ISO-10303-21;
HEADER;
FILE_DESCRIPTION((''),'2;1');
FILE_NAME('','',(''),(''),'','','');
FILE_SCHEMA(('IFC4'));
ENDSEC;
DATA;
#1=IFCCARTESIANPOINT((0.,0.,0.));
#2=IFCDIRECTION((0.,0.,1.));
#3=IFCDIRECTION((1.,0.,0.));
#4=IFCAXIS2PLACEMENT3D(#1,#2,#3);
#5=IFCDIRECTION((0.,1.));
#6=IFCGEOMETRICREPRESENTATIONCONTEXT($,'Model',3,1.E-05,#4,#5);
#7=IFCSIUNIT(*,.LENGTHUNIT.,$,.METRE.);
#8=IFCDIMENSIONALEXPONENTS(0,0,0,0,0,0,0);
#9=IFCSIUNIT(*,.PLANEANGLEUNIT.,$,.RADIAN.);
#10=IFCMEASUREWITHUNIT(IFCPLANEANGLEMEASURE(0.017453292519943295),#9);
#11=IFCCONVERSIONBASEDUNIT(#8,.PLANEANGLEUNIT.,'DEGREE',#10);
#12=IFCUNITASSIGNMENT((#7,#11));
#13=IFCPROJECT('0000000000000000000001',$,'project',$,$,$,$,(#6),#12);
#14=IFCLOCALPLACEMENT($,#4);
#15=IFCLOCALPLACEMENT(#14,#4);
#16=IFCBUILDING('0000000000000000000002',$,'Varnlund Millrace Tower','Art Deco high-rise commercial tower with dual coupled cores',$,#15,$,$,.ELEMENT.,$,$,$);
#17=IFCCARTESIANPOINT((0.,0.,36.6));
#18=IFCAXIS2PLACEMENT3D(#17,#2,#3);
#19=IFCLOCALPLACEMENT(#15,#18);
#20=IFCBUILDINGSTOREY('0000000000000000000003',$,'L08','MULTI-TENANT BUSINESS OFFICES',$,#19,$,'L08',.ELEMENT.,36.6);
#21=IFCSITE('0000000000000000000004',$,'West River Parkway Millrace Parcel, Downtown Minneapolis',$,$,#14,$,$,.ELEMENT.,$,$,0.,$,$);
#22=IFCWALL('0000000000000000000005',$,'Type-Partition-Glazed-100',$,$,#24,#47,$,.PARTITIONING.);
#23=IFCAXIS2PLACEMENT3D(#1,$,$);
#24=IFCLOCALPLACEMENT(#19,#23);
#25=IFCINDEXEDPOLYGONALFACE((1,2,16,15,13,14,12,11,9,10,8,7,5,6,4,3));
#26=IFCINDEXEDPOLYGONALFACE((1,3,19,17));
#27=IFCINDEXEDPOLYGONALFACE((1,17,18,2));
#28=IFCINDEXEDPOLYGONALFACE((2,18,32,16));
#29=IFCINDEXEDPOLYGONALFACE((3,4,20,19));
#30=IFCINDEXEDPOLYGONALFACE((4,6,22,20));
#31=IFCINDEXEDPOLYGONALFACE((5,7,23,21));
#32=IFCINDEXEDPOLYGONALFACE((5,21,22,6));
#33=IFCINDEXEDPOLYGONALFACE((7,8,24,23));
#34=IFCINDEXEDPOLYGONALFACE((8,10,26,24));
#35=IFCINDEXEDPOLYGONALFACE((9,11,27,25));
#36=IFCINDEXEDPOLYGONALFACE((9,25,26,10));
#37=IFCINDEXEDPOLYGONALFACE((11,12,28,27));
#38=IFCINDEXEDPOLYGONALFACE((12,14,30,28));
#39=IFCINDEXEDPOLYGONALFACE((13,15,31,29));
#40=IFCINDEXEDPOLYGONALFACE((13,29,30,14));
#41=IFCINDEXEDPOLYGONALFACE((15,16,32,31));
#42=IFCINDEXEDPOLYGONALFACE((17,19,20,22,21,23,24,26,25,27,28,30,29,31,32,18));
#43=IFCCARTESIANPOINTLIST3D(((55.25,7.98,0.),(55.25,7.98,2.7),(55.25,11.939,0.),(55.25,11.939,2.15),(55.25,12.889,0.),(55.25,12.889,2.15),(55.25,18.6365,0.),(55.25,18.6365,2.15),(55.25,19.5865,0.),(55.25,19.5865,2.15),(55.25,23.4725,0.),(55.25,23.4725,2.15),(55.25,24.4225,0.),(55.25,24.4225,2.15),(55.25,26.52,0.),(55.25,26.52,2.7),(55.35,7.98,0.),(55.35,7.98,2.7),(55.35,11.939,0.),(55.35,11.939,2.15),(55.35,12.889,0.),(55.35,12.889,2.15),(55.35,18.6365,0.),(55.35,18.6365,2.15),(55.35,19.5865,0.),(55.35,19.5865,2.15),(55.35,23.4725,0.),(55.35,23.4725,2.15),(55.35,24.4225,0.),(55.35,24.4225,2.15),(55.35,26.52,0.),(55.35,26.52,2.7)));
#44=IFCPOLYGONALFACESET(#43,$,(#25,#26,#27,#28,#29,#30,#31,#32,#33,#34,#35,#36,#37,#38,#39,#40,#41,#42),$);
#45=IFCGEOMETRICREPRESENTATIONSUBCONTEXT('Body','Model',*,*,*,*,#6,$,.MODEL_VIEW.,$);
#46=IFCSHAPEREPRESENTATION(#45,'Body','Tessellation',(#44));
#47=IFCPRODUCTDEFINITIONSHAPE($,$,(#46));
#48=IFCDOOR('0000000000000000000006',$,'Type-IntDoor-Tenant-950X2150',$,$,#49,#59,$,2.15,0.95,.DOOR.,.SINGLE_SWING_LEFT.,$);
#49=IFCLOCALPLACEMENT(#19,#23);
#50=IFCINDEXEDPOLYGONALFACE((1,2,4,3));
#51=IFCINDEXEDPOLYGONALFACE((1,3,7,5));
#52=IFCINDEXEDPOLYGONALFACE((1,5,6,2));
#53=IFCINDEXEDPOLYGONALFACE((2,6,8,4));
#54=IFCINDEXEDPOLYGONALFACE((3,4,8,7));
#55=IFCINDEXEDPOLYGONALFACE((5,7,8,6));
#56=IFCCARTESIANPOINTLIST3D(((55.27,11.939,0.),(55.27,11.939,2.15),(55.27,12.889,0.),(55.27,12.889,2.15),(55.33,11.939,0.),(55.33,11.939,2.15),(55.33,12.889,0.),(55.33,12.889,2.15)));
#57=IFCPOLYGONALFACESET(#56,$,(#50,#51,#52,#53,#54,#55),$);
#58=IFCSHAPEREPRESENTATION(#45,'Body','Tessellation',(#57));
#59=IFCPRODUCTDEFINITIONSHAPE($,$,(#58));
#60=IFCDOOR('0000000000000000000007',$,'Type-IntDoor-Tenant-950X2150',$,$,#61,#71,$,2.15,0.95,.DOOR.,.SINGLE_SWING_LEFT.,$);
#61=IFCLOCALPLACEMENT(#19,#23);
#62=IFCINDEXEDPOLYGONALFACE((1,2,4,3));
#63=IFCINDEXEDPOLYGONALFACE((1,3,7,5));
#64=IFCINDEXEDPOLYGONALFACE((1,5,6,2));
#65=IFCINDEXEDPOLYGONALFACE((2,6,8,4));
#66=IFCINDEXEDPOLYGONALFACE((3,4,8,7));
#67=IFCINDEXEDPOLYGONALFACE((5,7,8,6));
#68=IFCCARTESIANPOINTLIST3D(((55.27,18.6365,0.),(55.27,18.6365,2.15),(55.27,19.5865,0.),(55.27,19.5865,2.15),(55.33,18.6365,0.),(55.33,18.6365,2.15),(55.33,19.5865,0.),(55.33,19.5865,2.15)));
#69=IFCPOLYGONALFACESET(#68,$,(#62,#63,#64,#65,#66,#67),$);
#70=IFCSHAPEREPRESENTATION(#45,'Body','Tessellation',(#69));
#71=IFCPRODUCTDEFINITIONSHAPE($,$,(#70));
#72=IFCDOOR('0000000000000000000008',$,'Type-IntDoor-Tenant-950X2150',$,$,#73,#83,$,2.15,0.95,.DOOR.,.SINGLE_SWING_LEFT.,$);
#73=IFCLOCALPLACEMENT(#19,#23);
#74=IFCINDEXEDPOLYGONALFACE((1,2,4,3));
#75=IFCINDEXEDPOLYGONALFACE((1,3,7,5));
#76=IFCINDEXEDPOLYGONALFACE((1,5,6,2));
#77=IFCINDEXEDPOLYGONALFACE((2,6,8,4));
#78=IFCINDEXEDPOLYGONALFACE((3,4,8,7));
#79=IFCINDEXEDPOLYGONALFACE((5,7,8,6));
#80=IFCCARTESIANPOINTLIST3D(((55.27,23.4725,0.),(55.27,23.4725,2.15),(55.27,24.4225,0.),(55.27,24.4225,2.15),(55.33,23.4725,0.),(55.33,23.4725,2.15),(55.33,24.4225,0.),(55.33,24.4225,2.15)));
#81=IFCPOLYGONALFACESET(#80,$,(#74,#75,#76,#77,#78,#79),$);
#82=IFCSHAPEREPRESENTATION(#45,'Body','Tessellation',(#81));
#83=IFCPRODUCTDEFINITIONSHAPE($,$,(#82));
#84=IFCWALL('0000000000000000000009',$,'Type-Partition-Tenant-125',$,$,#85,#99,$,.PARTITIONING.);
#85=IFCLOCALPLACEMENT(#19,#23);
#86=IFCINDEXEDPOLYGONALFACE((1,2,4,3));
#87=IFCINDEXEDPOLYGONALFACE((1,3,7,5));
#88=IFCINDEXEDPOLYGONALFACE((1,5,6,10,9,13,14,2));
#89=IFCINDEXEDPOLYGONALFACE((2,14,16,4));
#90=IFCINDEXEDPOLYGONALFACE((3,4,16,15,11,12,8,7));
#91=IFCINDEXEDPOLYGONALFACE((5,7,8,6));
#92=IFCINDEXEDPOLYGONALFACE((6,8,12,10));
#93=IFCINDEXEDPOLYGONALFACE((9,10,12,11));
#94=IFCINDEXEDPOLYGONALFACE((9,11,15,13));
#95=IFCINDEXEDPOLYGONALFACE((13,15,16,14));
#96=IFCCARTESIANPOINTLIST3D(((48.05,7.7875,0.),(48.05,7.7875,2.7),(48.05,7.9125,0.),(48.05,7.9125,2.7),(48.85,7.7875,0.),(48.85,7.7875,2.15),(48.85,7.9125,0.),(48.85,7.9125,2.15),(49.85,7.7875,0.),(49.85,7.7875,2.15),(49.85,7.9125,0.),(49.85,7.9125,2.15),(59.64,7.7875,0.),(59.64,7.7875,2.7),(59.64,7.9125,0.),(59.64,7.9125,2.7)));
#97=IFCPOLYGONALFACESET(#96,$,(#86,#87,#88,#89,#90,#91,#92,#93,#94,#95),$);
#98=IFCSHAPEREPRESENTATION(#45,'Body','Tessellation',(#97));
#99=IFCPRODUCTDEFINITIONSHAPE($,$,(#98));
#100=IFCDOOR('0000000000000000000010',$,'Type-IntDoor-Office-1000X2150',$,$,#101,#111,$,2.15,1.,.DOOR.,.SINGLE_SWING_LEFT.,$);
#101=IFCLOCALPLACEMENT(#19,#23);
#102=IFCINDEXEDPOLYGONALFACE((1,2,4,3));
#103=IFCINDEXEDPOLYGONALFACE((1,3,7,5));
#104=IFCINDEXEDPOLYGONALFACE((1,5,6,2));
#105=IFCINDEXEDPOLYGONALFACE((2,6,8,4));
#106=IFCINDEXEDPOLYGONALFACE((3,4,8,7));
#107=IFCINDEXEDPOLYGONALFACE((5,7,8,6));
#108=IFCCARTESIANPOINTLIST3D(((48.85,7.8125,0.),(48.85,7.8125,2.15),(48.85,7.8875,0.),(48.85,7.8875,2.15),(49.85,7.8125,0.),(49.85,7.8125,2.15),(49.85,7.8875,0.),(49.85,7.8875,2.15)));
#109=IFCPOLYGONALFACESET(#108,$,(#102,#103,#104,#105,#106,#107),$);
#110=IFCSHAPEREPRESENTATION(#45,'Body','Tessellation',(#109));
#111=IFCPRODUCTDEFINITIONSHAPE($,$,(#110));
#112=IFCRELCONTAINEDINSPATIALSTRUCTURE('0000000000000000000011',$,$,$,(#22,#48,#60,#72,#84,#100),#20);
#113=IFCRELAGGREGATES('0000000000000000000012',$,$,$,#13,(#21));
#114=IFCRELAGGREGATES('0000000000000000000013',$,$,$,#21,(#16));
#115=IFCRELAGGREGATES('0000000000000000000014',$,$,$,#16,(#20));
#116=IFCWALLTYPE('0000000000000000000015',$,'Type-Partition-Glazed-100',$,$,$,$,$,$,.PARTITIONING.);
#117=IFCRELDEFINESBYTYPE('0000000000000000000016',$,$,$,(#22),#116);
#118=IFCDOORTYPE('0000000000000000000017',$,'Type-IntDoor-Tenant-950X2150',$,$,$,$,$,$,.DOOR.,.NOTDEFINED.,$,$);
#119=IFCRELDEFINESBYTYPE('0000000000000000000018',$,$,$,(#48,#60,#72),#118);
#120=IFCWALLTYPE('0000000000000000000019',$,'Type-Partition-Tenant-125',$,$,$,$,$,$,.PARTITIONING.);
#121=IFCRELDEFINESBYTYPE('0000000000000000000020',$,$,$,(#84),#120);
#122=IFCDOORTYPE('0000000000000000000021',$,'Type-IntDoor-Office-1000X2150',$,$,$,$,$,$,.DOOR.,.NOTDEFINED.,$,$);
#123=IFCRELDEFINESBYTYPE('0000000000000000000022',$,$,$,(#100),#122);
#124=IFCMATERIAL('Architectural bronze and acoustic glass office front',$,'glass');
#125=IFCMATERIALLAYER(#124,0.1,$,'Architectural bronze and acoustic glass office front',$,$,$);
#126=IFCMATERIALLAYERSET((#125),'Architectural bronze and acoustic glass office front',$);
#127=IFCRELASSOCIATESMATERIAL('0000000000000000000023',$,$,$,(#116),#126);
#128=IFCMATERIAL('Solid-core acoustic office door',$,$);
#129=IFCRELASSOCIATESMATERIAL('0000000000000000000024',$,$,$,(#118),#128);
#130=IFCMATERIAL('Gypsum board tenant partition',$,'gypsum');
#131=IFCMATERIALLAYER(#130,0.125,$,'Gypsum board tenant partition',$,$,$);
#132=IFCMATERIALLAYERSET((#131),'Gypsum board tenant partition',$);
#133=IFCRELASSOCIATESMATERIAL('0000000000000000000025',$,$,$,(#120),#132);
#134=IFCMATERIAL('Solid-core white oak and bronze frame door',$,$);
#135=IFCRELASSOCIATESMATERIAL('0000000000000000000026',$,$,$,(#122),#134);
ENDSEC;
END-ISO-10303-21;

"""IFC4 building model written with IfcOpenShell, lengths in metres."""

from ifc_helpers import new_model, entity, si_unit, converted_unit, direction, frame, origin_with_axes, origin_2d_with_axis, place, context, subcontext, project, spatial, polyline, rectangle, outline, extrude, material, layer, layer_set, type_object, element, fill, save


model = new_model("IFC4")

# Units and contexts
model_context = context("Model", 3, precision=1e-05, world=origin_with_axes(), true_north=direction((0.0, 1.0)))
body_context = subcontext(model_context, "Body", "Model", "MODEL_VIEW")
ifc_project = project(units=[si_unit("LENGTHUNIT", "METRE"), converted_unit("PLANEANGLEUNIT", "DEGREE", entity("IfcPlaneAngleMeasure", 0.017453292519943295), si_unit("PLANEANGLEUNIT", "RADIAN"), dimensions=[0, 0, 0, 0, 0, 0, 0])], contexts=[model_context])

# Site, building, storey
site_placement = place(None, origin_with_axes())
site = spatial("IfcSite", under=ifc_project, at=site_placement, Name="West River Parkway Millrace Parcel, Downtown Minneapolis", CompositionType="ELEMENT", RefElevation=0.0)
building_placement = place(site_placement, origin_with_axes())
building = spatial("IfcBuilding", under=site, at=building_placement, Name="Varnlund Millrace Tower", Description="Art Deco high-rise commercial tower with dual coupled cores", CompositionType="ELEMENT")
storey_placement = place(building_placement, frame((0.0, 0.0, 36.6), z_axis=(0.0, 0.0, 1.0), x_axis=(1.0, 0.0, 0.0)))
storey = spatial("IfcBuildingStorey", under=building, at=storey_placement, Name="L08", Description="MULTI-TENANT BUSINESS OFFICES", LongName="L08", CompositionType="ELEMENT", Elevation=36.6)

# Wall, openings, doors
ifc_material_1 = material(Name="Architectural bronze and acoustic glass office front", Category="glass")
ifc_layer_1 = layer(ifc_material_1, 0.1, Name="Architectural bronze and acoustic glass office front")
ifc_layer_set_1 = layer_set([ifc_layer_1], Name="Architectural bronze and acoustic glass office front")
wall_type_1 = type_object("IfcWallType", Name="Type-Partition-Glazed-100", PredefinedType="PARTITIONING", material=ifc_layer_set_1)
wall_1_placement = place(storey_placement, frame((55.3, 7.98, 0.0), z_axis=(0.0, 0.0, 1.0), x_axis=(0.0, 1.0, 0.0)))
wall_1 = element("IfcWall", 1, at=wall_1_placement, inside=storey, type_object=wall_type_1, Name="Type-Partition-Glazed-100", PredefinedType="PARTITIONING", context=body_context, shape_type="SweptSolid", body=[
    extrude(outline(polyline([(0.0, -0.05), (18.54, -0.05), (18.54, 0.05), (0.0, 0.05), (0.0, -0.05)])), origin_with_axes(), (0.0, 0.0, 1.0), 2.7),
])
opening_1_placement = place(wall_1_placement, frame((4.434, 0.0, 0.0), z_axis=(0.0, 0.0, 1.0), x_axis=(1.0, 0.0, 0.0)))
opening_1 = element("IfcOpeningElement", 2, at=opening_1_placement, cuts=wall_1, PredefinedType="OPENING", context=body_context, shape_type="SweptSolid", body=[
    extrude(rectangle(XDim=0.95, YDim=0.12, at=origin_2d_with_axis()), origin_with_axes(), (0.0, 0.0, 1.0), 2.15),
])
opening_2_placement = place(wall_1_placement, frame((11.1315, 0.0, 0.0), z_axis=(0.0, 0.0, 1.0), x_axis=(1.0, 0.0, 0.0)))
opening_2 = element("IfcOpeningElement", 3, at=opening_2_placement, cuts=wall_1, PredefinedType="OPENING", context=body_context, shape_type="SweptSolid", body=[
    extrude(rectangle(XDim=0.95, YDim=0.12, at=origin_2d_with_axis()), origin_with_axes(), (0.0, 0.0, 1.0), 2.15),
])
opening_3_placement = place(wall_1_placement, frame((15.9675, 0.0, 0.0), z_axis=(0.0, 0.0, 1.0), x_axis=(1.0, 0.0, 0.0)))
opening_3 = element("IfcOpeningElement", 4, at=opening_3_placement, cuts=wall_1, PredefinedType="OPENING", context=body_context, shape_type="SweptSolid", body=[
    extrude(rectangle(XDim=0.95, YDim=0.12, at=origin_2d_with_axis()), origin_with_axes(), (0.0, 0.0, 1.0), 2.15),
])
ifc_material_2 = material(Name="Solid-core acoustic office door")
door_type_1 = type_object("IfcDoorType", Name="Type-IntDoor-Tenant-950X2150", OperationType="NOTDEFINED", PredefinedType="DOOR", material=ifc_material_2)
door_1_placement = place(wall_1_placement, frame((4.434, 0.0, 0.0), z_axis=(0.0, 0.0, 1.0), x_axis=(1.0, 0.0, 0.0)))
door_1 = element("IfcDoor", 5, at=door_1_placement, inside=storey, type_object=door_type_1, Name="Type-IntDoor-Tenant-950X2150", OperationType="SINGLE_SWING_LEFT", OverallHeight=2.15, OverallWidth=0.95, PredefinedType="DOOR", context=body_context, shape_type="SweptSolid", body=[
    extrude(rectangle(XDim=0.95, YDim=0.06, at=origin_2d_with_axis()), origin_with_axes(), (0.0, 0.0, 1.0), 2.15),
])
fill(opening_1, door_1)
door_2_placement = place(wall_1_placement, frame((11.1315, 0.0, 0.0), z_axis=(0.0, 0.0, 1.0), x_axis=(1.0, 0.0, 0.0)))
door_2 = element("IfcDoor", 6, at=door_2_placement, inside=storey, type_object=door_type_1, Name="Type-IntDoor-Tenant-950X2150", OperationType="SINGLE_SWING_LEFT", OverallHeight=2.15, OverallWidth=0.95, PredefinedType="DOOR", context=body_context, shape_type="SweptSolid", body=[
    extrude(rectangle(XDim=0.95, YDim=0.06, at=origin_2d_with_axis()), origin_with_axes(), (0.0, 0.0, 1.0), 2.15),
])
fill(opening_2, door_2)
door_3_placement = place(wall_1_placement, frame((15.9675, 0.0, 0.0), z_axis=(0.0, 0.0, 1.0), x_axis=(1.0, 0.0, 0.0)))
door_3 = element("IfcDoor", 7, at=door_3_placement, inside=storey, type_object=door_type_1, Name="Type-IntDoor-Tenant-950X2150", OperationType="SINGLE_SWING_LEFT", OverallHeight=2.15, OverallWidth=0.95, PredefinedType="DOOR", context=body_context, shape_type="SweptSolid", body=[
    extrude(rectangle(XDim=0.95, YDim=0.06, at=origin_2d_with_axis()), origin_with_axes(), (0.0, 0.0, 1.0), 2.15),
])
fill(opening_3, door_3)

# Wall, opening, door
ifc_material_3 = material(Name="Gypsum board tenant partition", Category="gypsum")
ifc_layer_2 = layer(ifc_material_3, 0.125, Name="Gypsum board tenant partition")
ifc_layer_set_2 = layer_set([ifc_layer_2], Name="Gypsum board tenant partition")
wall_type_2 = type_object("IfcWallType", Name="Type-Partition-Tenant-125", PredefinedType="PARTITIONING", material=ifc_layer_set_2)
wall_2_placement = place(storey_placement, frame((59.64, 7.85, 0.0), z_axis=(0.0, 0.0, 1.0), x_axis=(-1.0, 0.0, 0.0)))
wall_2 = element("IfcWall", 8, at=wall_2_placement, inside=storey, type_object=wall_type_2, Name="Type-Partition-Tenant-125", PredefinedType="PARTITIONING", context=body_context, shape_type="SweptSolid", body=[
    extrude(outline(polyline([(0.0, -0.0625), (11.59, -0.0625), (11.59, 0.0625), (0.0, 0.0625), (0.0, -0.0625)])), origin_with_axes(), (0.0, 0.0, 1.0), 2.7),
])
opening_4_placement = place(wall_2_placement, frame((10.29, 0.0, 0.0), z_axis=(0.0, 0.0, 1.0), x_axis=(1.0, 0.0, 0.0)))
opening_4 = element("IfcOpeningElement", 9, at=opening_4_placement, cuts=wall_2, PredefinedType="OPENING", context=body_context, shape_type="SweptSolid", body=[
    extrude(rectangle(XDim=1.0, YDim=0.145, at=origin_2d_with_axis()), origin_with_axes(), (0.0, 0.0, 1.0), 2.15),
])
ifc_material_4 = material(Name="Solid-core white oak and bronze frame door")
door_type_2 = type_object("IfcDoorType", Name="Type-IntDoor-Office-1000X2150", OperationType="NOTDEFINED", PredefinedType="DOOR", material=ifc_material_4)
door_4_placement = place(wall_2_placement, frame((10.29, 0.0, 0.0), z_axis=(0.0, 0.0, 1.0), x_axis=(1.0, 0.0, 0.0)))
door_4 = element("IfcDoor", 10, at=door_4_placement, inside=storey, type_object=door_type_2, Name="Type-IntDoor-Office-1000X2150", OperationType="SINGLE_SWING_LEFT", OverallHeight=2.15, OverallWidth=1.0, PredefinedType="DOOR", context=body_context, shape_type="SweptSolid", body=[
    extrude(rectangle(XDim=1.0, YDim=0.075, at=origin_2d_with_axis()), origin_with_axes(), (0.0, 0.0, 1.0), 2.15),
])
fill(opening_4, door_4)

save(model, "model.ifc")
